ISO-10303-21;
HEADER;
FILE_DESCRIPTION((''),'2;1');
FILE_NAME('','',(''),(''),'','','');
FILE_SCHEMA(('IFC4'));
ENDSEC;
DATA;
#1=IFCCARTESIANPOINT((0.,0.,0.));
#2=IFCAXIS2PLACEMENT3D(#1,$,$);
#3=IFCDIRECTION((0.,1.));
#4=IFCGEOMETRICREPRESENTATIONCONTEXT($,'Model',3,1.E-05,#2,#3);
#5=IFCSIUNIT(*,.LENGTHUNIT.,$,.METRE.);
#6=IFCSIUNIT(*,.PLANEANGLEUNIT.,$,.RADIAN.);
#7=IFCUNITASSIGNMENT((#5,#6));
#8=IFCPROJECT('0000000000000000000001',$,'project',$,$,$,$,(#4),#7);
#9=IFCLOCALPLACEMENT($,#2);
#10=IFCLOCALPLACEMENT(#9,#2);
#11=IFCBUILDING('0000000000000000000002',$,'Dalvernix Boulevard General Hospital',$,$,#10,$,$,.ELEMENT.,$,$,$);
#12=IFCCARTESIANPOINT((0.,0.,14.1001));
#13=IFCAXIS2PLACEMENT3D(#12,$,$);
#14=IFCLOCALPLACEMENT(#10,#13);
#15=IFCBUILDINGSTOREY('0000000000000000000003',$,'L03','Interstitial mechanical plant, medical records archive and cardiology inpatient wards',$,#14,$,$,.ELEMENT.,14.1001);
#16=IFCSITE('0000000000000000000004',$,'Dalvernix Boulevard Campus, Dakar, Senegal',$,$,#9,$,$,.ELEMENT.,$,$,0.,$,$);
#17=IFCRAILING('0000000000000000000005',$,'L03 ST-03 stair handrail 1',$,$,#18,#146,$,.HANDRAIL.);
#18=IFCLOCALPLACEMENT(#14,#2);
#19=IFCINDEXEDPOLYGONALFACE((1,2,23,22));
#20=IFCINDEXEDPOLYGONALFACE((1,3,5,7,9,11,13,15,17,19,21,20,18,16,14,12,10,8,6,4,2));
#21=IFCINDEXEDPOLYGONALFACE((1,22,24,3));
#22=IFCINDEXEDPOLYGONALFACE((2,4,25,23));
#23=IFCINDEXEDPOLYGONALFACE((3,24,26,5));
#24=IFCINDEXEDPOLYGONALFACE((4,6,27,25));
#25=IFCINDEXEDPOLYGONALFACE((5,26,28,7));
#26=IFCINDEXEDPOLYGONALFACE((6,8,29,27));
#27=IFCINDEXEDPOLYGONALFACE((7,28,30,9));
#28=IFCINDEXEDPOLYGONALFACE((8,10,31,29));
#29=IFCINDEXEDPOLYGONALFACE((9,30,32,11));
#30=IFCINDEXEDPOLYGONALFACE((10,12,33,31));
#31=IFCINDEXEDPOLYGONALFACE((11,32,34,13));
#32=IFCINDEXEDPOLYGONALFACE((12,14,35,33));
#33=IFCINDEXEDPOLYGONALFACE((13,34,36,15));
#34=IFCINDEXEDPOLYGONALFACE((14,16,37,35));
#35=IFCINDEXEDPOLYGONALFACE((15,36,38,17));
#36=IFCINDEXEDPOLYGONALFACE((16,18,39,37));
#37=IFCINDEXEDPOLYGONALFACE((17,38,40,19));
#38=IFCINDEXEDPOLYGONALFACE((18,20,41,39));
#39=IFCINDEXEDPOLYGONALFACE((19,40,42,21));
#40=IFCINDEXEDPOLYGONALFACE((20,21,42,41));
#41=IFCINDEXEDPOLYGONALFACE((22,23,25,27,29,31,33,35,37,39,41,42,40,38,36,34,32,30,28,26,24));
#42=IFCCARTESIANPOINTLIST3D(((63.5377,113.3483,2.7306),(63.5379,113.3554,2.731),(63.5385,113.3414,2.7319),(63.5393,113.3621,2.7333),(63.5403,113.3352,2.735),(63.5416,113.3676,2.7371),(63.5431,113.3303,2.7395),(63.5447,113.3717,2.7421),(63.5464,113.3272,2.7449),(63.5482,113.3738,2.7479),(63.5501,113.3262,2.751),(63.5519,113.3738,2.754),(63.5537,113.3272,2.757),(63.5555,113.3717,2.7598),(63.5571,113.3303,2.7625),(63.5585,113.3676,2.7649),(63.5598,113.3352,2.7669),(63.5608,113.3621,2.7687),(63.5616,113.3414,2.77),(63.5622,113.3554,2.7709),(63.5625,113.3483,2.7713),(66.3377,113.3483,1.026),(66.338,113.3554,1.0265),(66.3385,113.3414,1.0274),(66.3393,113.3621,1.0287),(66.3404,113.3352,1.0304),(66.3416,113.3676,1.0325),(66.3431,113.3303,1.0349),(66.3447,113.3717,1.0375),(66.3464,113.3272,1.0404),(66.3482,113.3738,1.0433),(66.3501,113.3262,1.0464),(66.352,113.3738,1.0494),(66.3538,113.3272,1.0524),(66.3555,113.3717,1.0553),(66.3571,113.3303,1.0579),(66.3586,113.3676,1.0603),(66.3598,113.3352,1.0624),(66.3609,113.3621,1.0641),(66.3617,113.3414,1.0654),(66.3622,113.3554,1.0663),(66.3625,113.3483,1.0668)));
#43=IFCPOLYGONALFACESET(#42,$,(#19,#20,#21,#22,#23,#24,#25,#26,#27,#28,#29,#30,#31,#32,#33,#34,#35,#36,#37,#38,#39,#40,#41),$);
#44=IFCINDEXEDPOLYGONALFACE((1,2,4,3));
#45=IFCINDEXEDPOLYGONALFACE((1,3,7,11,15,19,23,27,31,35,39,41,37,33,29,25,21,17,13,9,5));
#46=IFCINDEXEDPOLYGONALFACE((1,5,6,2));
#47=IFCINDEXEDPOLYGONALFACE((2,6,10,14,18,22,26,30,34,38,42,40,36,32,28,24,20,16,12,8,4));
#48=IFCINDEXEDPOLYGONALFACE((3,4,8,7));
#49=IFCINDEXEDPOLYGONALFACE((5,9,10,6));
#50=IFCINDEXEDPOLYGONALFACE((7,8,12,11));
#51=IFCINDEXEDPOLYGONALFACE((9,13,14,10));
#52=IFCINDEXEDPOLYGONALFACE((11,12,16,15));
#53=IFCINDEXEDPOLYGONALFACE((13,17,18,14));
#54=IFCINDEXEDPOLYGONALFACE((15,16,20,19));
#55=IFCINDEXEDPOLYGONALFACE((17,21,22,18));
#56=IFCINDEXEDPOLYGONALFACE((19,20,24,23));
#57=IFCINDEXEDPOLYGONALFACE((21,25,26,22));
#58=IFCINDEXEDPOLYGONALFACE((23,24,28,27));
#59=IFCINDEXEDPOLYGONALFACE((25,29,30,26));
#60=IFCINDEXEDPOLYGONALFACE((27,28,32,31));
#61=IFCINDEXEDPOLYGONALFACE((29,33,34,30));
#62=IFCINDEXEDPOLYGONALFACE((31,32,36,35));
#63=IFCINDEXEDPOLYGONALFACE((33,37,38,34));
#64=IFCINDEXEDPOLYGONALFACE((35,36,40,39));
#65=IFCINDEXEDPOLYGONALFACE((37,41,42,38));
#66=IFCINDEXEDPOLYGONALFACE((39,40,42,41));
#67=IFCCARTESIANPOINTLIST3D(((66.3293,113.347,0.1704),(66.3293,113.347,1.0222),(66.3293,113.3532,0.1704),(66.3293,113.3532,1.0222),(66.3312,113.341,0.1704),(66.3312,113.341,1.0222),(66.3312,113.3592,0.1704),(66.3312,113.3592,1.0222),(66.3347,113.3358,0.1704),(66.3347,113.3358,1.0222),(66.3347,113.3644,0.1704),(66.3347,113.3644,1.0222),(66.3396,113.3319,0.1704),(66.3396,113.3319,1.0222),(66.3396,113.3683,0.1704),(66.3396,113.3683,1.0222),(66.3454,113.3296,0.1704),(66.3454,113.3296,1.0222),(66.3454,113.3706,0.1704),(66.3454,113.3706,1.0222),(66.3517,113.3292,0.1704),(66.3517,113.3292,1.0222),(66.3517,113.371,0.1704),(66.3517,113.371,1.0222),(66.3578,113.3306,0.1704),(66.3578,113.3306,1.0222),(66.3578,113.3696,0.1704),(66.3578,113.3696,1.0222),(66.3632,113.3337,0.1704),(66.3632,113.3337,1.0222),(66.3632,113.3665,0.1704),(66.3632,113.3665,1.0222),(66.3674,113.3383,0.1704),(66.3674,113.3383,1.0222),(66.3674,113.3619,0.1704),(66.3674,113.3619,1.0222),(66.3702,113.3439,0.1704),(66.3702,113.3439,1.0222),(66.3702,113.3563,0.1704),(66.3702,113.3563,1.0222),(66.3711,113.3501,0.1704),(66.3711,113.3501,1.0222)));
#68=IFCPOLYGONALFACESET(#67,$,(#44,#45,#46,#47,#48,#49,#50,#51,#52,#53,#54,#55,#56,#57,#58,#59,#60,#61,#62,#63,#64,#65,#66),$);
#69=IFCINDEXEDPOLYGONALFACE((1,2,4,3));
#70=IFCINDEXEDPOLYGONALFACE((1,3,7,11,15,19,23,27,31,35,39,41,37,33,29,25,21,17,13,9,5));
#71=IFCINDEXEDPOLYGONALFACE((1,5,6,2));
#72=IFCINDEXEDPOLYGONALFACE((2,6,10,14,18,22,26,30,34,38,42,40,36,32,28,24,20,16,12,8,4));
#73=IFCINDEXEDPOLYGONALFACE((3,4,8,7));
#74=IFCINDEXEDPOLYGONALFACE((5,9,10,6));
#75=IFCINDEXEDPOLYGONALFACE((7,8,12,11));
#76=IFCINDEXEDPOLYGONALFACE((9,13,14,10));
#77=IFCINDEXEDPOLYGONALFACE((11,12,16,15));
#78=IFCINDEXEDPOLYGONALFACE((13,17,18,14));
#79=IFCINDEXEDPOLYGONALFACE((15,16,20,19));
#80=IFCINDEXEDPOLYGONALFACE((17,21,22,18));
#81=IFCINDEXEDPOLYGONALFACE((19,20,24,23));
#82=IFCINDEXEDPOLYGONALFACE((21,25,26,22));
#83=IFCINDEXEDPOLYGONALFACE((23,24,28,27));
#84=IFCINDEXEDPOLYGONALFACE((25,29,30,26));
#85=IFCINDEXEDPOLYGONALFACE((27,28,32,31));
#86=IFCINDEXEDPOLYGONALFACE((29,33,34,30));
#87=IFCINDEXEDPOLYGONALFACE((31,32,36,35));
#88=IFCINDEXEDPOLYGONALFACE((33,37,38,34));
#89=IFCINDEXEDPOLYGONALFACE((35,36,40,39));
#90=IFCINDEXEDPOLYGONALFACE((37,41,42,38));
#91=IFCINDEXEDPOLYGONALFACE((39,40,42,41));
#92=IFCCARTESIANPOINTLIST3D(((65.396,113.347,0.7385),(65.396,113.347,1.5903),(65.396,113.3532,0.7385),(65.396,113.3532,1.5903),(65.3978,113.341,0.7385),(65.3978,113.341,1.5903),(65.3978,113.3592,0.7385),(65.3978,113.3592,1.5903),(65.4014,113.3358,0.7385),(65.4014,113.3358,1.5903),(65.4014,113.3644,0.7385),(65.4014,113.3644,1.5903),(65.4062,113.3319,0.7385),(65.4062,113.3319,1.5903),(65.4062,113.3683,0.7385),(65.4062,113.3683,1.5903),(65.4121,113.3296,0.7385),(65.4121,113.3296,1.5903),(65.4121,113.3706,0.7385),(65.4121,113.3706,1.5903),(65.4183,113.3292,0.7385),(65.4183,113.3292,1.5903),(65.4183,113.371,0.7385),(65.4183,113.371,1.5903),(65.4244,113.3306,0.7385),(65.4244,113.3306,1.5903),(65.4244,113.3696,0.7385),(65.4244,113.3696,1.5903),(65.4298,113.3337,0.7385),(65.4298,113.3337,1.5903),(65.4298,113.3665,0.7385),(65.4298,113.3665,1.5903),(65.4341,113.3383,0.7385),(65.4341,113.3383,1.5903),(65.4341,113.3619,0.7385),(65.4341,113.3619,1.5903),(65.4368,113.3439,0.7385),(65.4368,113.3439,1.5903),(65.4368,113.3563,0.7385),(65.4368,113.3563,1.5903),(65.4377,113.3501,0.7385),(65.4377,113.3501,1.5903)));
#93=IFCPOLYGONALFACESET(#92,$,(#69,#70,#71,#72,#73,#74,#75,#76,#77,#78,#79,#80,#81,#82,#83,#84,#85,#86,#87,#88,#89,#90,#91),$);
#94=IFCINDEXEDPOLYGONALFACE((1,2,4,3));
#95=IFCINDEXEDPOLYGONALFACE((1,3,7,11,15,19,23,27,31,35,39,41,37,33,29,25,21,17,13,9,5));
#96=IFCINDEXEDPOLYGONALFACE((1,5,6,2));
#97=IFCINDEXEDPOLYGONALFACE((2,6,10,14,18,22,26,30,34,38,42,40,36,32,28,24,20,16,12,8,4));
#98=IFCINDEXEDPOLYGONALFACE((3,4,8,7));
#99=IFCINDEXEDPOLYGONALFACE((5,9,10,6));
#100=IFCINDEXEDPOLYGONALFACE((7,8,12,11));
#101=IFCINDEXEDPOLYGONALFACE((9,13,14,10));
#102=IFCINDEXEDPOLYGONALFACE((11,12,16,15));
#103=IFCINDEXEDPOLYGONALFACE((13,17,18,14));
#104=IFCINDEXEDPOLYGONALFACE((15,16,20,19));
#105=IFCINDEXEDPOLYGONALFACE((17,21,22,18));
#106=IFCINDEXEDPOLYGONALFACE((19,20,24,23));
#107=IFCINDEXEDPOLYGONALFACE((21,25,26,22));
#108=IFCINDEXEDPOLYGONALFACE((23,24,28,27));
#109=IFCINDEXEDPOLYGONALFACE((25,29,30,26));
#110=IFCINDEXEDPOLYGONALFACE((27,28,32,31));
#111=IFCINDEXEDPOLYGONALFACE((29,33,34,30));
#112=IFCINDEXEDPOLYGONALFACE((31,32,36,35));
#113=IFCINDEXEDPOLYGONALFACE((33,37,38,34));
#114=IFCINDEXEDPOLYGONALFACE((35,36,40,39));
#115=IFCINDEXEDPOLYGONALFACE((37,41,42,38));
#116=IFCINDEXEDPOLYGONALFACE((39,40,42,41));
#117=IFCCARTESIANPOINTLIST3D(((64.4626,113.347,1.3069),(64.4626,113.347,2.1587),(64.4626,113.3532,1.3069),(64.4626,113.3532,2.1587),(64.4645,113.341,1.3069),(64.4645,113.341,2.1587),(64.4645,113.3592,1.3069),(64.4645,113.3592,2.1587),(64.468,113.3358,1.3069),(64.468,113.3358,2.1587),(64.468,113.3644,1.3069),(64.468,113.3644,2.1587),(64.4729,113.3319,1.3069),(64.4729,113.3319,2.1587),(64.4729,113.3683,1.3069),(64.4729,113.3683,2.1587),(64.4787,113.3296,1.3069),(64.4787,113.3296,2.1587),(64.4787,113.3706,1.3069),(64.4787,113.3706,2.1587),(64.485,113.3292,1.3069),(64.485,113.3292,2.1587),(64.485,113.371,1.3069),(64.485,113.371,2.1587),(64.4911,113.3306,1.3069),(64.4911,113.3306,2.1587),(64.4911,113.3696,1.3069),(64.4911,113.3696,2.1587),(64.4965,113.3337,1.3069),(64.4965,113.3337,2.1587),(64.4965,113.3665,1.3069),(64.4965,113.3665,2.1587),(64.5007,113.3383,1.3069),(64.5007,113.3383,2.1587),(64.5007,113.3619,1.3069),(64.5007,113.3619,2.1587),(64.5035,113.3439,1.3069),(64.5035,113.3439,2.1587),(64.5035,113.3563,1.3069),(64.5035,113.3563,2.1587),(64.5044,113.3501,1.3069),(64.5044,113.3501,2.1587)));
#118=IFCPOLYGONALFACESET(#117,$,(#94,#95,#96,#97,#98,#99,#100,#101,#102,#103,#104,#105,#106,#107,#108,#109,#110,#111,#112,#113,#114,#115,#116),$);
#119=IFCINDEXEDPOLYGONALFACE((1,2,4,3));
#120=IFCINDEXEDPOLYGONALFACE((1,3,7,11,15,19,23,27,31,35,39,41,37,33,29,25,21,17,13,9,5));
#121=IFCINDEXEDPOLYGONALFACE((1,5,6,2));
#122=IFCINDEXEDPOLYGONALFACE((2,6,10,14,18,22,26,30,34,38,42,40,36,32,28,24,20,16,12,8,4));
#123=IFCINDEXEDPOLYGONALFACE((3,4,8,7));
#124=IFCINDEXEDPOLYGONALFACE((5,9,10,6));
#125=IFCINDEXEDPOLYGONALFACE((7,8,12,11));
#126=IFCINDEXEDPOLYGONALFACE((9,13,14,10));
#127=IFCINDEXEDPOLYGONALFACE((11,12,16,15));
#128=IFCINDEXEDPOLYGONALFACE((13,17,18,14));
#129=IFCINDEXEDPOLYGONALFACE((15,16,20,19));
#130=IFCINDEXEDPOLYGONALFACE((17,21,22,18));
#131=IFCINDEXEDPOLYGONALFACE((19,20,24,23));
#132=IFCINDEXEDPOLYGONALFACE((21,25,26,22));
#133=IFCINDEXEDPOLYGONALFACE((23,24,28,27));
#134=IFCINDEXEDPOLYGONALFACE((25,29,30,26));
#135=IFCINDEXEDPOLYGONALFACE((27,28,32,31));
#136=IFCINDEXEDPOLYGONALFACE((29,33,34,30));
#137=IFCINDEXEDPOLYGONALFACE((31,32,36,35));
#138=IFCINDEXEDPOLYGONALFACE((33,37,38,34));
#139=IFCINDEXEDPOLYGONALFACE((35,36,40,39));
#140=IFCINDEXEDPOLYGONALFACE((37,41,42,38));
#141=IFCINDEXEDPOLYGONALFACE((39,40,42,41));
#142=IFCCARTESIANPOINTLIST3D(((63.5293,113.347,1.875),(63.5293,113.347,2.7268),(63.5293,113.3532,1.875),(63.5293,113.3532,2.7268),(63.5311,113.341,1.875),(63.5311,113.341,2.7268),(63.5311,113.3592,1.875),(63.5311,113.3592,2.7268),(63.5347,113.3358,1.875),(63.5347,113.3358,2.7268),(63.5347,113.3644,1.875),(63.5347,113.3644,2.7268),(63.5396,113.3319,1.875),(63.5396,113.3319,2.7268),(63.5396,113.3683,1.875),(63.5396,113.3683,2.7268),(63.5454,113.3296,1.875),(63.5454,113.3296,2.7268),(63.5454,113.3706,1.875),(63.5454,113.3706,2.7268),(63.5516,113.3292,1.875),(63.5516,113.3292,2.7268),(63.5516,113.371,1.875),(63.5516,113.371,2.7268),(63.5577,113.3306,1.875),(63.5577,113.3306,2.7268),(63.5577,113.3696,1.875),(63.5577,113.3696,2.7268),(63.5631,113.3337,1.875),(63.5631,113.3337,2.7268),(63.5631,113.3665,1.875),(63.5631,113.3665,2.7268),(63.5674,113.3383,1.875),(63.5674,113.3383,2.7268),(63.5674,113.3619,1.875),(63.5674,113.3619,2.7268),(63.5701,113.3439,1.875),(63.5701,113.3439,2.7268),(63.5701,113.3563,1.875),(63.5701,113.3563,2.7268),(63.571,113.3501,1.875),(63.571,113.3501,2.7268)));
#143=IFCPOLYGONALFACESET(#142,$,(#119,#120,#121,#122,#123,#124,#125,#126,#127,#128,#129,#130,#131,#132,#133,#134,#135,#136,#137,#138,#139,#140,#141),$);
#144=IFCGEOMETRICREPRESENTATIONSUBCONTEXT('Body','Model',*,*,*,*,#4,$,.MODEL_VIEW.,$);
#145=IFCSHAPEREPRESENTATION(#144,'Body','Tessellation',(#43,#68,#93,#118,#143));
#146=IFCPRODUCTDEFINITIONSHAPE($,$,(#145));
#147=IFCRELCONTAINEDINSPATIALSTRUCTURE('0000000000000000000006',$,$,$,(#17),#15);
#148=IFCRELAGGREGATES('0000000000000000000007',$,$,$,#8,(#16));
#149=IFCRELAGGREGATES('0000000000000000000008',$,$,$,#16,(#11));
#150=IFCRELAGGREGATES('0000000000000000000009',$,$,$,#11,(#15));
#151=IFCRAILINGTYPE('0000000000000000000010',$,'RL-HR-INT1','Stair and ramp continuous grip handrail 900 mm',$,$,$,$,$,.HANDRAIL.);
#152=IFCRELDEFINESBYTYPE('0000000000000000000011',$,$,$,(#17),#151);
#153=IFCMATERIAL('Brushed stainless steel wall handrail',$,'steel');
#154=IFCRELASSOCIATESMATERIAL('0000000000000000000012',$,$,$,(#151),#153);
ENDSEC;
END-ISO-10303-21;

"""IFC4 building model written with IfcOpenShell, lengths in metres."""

from ifc_helpers import new_model, si_unit, direction, frame, origin, origin_2d, place, context, subcontext, project, spatial, circle, extrude, material, type_object, element, save


model = new_model("IFC4")

# Units and contexts
model_context = context("Model", 3, precision=1e-05, world=origin(), true_north=direction((0.0, 1.0)))
body_context = subcontext(model_context, "Body", "Model", "MODEL_VIEW")
ifc_project = project(units=[si_unit("LENGTHUNIT", "METRE"), si_unit("PLANEANGLEUNIT", "RADIAN")], contexts=[model_context])

# Site, building, storey
site_placement = place(None, origin())
site = spatial("IfcSite", under=ifc_project, at=site_placement, Name="Dalvernix Boulevard Campus, Dakar, Senegal", CompositionType="ELEMENT", RefElevation=0.0)
building_placement = place(site_placement, origin())
building = spatial("IfcBuilding", under=site, at=building_placement, Name="Dalvernix Boulevard General Hospital", CompositionType="ELEMENT")
storey_placement = place(building_placement, frame((0.0, 0.0, 14.1001)))
storey = spatial("IfcBuildingStorey", under=building, at=storey_placement, Name="L03", Description="Interstitial mechanical plant, medical records archive and cardiology inpatient wards", CompositionType="ELEMENT", Elevation=14.1001)

# Railing
ifc_material_1 = material(Name="Brushed stainless steel wall handrail", Category="steel")
railing_type = type_object("IfcRailingType", Name="RL-HR-INT1", Description="Stair and ramp continuous grip handrail 900 mm", PredefinedType="HANDRAIL", material=ifc_material_1)
railing_placement = place(storey_placement, frame((66.3501, 113.3501, 0.1704)))
element("IfcRailing", 1, at=railing_placement, inside=storey, type_object=railing_type, Name="L03 ST-03 stair handrail 1", PredefinedType="HANDRAIL", context=body_context, shape_type="SweptSolid", body=[
    extrude(circle(Radius=0.0239, at=origin_2d()), frame((0.0, 0.0, 0.876), z_axis=(-0.85417, 0.0, 0.519994), x_axis=(0.0, -1.0, 0.0)), (0.0, 0.0, 1.0), 3.2781),
    extrude(circle(Radius=0.021, at=origin_2d()), origin(), (0.0, 0.0, 1.0), 0.8518),
    extrude(circle(Radius=0.021, at=origin_2d()), frame((-0.9333, 0.0, 0.5681)), (0.0, 0.0, 1.0), 0.8518),
    extrude(circle(Radius=0.021, at=origin_2d()), frame((-1.8667, 0.0, 1.1365)), (0.0, 0.0, 1.0), 0.8518),
    extrude(circle(Radius=0.021, at=origin_2d()), frame((-2.8, 0.0, 1.7046)), (0.0, 0.0, 1.0), 0.8518),
])

save(model, "model.ifc")
